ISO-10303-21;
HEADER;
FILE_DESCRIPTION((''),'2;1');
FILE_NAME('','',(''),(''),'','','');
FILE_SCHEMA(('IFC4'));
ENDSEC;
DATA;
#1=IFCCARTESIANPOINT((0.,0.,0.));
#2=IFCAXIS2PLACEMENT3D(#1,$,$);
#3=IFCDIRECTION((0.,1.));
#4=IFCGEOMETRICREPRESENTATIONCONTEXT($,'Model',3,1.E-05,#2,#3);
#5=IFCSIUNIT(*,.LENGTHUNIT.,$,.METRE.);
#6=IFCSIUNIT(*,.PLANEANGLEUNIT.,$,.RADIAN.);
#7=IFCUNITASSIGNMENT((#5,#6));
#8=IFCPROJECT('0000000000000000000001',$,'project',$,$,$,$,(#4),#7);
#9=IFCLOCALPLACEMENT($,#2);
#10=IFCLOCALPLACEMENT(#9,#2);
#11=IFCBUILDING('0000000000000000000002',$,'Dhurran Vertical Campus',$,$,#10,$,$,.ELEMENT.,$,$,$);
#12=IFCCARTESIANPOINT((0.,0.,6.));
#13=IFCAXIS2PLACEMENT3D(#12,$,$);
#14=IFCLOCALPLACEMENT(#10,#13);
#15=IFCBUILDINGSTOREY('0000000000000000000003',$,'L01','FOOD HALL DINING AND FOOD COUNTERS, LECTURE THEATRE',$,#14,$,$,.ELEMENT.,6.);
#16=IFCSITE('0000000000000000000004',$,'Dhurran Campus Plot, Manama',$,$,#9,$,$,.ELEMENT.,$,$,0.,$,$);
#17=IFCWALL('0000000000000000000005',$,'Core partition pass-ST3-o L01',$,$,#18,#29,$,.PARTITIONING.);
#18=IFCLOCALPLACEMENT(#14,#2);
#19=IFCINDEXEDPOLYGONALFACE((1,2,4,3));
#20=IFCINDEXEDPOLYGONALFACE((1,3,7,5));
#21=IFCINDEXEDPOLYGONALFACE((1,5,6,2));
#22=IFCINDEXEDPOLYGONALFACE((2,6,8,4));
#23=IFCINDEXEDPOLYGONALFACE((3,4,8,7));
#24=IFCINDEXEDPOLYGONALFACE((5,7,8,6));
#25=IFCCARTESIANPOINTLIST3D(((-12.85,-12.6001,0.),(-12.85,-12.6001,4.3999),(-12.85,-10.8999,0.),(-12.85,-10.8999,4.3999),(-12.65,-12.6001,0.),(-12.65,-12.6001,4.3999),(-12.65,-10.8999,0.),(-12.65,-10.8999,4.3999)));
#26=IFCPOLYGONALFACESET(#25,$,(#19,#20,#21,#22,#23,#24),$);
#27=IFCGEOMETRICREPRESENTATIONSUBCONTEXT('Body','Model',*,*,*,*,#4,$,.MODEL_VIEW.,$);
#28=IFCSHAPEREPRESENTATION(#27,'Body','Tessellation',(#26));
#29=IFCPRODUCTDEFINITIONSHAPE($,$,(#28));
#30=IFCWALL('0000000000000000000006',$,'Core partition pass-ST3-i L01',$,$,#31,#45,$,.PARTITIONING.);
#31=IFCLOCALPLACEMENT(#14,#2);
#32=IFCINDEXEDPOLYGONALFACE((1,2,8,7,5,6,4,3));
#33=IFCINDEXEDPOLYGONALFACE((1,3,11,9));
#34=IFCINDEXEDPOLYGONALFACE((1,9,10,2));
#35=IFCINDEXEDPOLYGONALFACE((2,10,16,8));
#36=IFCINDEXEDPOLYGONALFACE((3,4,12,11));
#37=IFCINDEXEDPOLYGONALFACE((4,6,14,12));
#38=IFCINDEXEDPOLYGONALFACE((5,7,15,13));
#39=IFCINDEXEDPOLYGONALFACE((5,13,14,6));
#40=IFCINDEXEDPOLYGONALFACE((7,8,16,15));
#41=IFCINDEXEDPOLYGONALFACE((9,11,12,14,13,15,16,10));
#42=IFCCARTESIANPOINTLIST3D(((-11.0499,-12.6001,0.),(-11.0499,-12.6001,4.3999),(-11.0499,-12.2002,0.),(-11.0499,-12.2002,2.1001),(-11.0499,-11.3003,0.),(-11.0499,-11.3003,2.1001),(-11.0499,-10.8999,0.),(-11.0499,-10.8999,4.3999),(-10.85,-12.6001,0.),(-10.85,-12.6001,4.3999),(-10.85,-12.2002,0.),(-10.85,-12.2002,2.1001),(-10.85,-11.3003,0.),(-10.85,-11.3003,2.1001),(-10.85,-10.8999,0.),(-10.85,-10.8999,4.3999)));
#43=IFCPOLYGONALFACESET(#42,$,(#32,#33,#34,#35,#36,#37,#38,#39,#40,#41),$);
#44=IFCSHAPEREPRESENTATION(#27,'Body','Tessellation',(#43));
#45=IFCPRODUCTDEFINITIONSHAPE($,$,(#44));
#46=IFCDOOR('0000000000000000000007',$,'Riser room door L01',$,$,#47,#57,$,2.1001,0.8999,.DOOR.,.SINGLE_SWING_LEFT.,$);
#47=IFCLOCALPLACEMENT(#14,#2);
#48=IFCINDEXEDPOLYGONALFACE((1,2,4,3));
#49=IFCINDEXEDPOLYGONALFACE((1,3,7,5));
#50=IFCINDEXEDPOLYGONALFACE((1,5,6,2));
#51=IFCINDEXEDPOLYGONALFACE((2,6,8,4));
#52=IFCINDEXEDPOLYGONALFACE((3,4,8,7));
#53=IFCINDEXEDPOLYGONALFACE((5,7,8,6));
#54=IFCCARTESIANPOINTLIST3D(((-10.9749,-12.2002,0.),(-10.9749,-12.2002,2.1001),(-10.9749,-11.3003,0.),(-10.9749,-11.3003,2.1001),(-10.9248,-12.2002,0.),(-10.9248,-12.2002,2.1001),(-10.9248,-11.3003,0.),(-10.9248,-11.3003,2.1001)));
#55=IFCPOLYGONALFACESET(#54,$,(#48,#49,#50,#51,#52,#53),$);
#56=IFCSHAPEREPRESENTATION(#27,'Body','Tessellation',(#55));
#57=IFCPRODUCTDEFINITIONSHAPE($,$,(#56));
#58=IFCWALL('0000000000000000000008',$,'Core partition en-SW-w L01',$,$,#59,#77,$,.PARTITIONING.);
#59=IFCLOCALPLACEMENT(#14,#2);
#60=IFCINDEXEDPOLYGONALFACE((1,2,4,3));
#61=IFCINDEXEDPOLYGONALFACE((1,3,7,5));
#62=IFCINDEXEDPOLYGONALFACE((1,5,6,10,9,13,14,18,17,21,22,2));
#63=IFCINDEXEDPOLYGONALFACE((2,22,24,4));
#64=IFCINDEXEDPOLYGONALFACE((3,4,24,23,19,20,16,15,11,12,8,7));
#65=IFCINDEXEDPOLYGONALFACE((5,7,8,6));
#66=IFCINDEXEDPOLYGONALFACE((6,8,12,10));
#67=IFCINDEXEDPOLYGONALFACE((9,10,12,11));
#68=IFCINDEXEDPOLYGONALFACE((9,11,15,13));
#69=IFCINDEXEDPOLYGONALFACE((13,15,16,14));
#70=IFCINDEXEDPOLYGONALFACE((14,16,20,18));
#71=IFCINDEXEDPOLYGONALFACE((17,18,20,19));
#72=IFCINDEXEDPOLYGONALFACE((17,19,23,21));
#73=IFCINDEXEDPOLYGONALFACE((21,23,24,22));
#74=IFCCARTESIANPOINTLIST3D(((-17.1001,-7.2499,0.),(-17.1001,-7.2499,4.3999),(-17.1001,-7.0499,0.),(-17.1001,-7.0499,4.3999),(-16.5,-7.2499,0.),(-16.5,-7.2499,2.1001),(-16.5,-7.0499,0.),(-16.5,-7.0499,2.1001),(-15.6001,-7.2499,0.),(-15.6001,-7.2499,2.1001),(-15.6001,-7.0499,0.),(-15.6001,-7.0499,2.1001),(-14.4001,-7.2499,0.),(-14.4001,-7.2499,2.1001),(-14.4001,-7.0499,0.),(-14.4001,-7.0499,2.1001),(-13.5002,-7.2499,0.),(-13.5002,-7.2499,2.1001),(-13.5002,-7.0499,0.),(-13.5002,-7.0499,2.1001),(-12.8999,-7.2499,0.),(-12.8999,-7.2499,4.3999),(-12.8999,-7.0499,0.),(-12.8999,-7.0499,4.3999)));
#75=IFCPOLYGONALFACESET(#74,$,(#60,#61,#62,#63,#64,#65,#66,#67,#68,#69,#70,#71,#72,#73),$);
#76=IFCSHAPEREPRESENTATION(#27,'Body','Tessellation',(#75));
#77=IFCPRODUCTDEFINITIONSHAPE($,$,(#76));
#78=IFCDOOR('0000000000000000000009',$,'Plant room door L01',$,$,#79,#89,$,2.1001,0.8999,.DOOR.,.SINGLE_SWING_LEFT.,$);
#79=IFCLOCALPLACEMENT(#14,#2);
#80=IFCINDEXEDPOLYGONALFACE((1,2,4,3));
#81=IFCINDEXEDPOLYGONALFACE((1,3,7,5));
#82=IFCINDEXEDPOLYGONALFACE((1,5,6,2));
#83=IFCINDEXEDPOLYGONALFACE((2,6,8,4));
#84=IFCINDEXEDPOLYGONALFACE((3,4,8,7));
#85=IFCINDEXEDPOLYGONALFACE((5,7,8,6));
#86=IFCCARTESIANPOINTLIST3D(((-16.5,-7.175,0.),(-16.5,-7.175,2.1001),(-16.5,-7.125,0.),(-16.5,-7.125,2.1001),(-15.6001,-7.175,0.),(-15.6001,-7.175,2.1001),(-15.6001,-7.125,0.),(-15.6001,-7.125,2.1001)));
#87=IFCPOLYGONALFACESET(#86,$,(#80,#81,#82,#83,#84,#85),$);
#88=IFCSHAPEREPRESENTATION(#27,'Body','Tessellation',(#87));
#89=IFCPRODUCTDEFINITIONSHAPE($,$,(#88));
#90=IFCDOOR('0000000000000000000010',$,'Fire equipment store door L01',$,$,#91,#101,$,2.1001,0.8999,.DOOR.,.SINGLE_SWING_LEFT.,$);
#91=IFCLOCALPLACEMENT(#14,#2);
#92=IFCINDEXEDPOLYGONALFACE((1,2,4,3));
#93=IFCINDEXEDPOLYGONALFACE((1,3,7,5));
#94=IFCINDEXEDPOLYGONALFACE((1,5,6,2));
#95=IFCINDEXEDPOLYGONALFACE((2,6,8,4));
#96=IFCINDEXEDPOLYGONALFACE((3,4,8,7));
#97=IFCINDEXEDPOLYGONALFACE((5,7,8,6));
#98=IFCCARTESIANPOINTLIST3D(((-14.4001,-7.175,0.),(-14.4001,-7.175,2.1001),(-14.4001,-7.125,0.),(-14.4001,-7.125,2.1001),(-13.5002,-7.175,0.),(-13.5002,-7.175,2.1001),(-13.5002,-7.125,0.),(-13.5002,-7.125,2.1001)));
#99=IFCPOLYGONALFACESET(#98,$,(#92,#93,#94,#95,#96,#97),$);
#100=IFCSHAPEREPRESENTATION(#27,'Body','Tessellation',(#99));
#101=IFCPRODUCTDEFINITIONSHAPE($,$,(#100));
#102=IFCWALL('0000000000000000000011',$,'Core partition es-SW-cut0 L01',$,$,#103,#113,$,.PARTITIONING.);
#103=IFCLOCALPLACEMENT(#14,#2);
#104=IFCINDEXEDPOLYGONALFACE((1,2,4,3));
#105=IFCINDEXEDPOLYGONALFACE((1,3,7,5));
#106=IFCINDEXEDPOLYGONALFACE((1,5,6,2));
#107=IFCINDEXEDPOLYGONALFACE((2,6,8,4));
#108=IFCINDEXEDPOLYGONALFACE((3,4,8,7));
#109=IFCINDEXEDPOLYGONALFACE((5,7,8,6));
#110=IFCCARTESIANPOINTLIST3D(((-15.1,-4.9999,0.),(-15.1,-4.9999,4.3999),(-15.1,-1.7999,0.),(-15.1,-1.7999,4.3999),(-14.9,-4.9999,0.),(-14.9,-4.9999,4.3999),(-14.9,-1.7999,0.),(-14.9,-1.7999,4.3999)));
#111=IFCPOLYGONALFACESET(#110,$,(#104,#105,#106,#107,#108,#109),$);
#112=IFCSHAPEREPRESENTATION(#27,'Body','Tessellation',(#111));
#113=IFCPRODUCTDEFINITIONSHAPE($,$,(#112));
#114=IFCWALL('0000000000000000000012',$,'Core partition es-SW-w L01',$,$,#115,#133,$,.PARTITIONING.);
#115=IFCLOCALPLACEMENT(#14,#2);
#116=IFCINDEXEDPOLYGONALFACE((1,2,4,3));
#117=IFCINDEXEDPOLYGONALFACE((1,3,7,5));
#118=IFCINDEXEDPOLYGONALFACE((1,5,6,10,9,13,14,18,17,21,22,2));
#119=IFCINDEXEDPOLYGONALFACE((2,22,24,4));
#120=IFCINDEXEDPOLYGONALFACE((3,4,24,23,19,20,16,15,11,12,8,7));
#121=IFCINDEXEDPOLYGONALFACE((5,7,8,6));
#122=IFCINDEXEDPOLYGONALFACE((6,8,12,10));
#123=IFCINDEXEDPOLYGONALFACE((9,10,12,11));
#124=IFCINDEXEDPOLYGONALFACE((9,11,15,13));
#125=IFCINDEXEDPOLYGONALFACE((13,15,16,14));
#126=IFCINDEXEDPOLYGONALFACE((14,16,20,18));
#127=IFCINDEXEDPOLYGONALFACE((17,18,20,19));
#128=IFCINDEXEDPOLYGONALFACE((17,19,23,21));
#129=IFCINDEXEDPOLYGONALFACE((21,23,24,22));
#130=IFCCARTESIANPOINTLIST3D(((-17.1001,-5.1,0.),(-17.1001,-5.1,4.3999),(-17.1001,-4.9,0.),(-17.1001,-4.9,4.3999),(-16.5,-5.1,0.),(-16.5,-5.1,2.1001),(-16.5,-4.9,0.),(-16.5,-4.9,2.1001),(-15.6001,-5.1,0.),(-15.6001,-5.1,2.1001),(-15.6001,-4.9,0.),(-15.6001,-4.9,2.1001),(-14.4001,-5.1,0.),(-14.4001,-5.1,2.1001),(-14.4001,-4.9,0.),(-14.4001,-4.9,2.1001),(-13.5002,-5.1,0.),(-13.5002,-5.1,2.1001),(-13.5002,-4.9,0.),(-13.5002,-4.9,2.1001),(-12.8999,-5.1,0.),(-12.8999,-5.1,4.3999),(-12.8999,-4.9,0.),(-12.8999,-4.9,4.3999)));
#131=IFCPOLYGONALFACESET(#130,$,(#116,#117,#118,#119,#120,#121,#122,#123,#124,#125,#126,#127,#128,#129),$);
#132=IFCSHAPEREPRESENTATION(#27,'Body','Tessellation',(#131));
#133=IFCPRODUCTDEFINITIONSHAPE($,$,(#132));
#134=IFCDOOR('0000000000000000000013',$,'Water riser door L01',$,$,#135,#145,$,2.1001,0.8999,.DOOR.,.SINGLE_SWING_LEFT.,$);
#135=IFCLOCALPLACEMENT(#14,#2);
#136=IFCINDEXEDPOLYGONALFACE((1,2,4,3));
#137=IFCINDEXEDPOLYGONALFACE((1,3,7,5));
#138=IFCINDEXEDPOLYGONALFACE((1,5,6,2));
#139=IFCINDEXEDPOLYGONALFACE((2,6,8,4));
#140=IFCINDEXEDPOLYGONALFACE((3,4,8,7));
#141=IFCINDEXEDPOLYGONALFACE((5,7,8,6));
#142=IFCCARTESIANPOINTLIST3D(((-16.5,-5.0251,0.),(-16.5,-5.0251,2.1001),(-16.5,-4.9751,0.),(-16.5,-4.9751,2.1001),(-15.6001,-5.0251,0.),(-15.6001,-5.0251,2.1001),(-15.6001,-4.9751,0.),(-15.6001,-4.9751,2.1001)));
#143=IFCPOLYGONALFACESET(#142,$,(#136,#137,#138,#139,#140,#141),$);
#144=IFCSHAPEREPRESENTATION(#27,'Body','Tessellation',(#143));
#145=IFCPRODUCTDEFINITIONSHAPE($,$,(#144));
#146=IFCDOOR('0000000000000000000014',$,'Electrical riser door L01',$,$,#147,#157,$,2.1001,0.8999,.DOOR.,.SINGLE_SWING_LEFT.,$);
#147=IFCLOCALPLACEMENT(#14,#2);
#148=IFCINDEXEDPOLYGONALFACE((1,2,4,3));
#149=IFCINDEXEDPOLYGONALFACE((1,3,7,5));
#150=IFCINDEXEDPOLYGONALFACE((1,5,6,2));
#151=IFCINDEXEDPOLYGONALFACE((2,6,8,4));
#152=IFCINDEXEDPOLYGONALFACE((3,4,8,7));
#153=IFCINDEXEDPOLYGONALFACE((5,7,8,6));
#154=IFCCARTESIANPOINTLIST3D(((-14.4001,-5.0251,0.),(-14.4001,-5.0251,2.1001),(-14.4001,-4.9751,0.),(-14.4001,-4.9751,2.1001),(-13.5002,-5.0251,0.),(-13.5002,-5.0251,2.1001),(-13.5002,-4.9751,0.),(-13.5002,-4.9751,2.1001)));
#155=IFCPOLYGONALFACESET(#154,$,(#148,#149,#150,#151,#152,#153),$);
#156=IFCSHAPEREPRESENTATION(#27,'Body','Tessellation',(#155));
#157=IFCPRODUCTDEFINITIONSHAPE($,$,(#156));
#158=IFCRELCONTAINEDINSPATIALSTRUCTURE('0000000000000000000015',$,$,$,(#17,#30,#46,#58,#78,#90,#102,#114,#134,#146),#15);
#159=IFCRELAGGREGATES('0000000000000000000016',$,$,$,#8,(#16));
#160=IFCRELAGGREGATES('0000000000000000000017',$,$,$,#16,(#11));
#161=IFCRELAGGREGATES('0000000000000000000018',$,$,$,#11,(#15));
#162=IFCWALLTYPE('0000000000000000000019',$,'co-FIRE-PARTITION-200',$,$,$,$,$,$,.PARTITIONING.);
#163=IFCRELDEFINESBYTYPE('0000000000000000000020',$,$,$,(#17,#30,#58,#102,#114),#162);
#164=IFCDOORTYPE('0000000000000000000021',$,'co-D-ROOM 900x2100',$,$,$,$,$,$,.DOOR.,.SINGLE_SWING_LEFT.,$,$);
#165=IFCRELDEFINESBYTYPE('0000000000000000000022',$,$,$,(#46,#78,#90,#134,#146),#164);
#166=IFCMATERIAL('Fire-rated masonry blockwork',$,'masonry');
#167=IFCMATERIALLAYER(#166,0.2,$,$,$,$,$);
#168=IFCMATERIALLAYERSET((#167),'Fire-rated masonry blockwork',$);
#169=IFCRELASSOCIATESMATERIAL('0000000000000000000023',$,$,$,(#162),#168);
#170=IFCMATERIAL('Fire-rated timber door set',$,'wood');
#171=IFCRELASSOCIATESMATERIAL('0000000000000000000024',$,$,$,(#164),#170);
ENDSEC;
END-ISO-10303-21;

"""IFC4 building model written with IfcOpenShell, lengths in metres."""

from ifc_helpers import new_model, si_unit, direction, frame, frame_2d, origin, place, context, subcontext, project, spatial, rectangle, extrude, material, layer, layer_set, type_object, element, fill, save


model = new_model("IFC4")

# Units and contexts
model_context = context("Model", 3, precision=1e-05, world=origin(), true_north=direction((0.0, 1.0)))
body_context = subcontext(model_context, "Body", "Model", "MODEL_VIEW")
ifc_project = project(units=[si_unit("LENGTHUNIT", "METRE"), si_unit("PLANEANGLEUNIT", "RADIAN")], contexts=[model_context])

# Site, building, storey
site_placement = place(None, origin())
site = spatial("IfcSite", under=ifc_project, at=site_placement, Name="Dhurran Campus Plot, Manama", CompositionType="ELEMENT", RefElevation=0.0)
building_placement = place(site_placement, origin())
building = spatial("IfcBuilding", under=site, at=building_placement, Name="Dhurran Vertical Campus", CompositionType="ELEMENT")
storey_placement = place(building_placement, frame((0.0, 0.0, 6.0)))
storey = spatial("IfcBuildingStorey", under=building, at=storey_placement, Name="L01", Description="FOOD HALL DINING AND FOOD COUNTERS, LECTURE THEATRE", CompositionType="ELEMENT", Elevation=6.0)

# Wall
ifc_material_1 = material(Name="Fire-rated masonry blockwork", Category="masonry")
ifc_layer_1 = layer(ifc_material_1, 0.2)
ifc_layer_set_1 = layer_set([ifc_layer_1], Name="Fire-rated masonry blockwork")
wall_type_1 = type_object("IfcWallType", Name="co-FIRE-PARTITION-200", PredefinedType="PARTITIONING", material=ifc_layer_set_1)
wall_1_placement = place(storey_placement, frame((-12.75, -12.6001, 0.0), z_axis=(0.0, 0.0, 1.0), x_axis=(0.0, 1.0, 0.0)))
element("IfcWall", 1, at=wall_1_placement, inside=storey, type_object=wall_type_1, Name="Core partition pass-ST3-o L01", PredefinedType="PARTITIONING", context=body_context, shape_type="SweptSolid", body=[
    extrude(rectangle(XDim=1.7002, YDim=0.2, at=frame_2d((0.8501, 0.0))), origin(), (0.0, 0.0, 1.0), 4.3999),
])

# Wall, opening, door
wall_2_placement = place(storey_placement, frame((-10.95, -12.6001, 0.0), z_axis=(0.0, 0.0, 1.0), x_axis=(0.0, 1.0, 0.0)))
wall_2 = element("IfcWall", 2, at=wall_2_placement, inside=storey, type_object=wall_type_1, Name="Core partition pass-ST3-i L01", PredefinedType="PARTITIONING", context=body_context, shape_type="SweptSolid", body=[
    extrude(rectangle(XDim=1.7002, YDim=0.2, at=frame_2d((0.8501, 0.0))), origin(), (0.0, 0.0, 1.0), 4.3999),
])
opening_1_placement = place(wall_2_placement, frame((0.3999, 0.0, 0.0)))
opening_1 = element("IfcOpeningElement", 3, at=opening_1_placement, cuts=wall_2, PredefinedType="OPENING", context=body_context, shape_type="SweptSolid", body=[
    extrude(rectangle(XDim=0.8999, YDim=2.1001, at=frame_2d((0.45, 1.05))), frame((0.0, 0.1099, 0.0), z_axis=(0.0, -1.0, 0.0), x_axis=(1.0, 0.0, 0.0)), (0.0, 0.0, 1.0), 0.22),
])
ifc_material_2 = material(Name="Fire-rated timber door set", Category="wood")
door_type_1 = type_object("IfcDoorType", Name="co-D-ROOM 900x2100", OperationType="SINGLE_SWING_LEFT", PredefinedType="DOOR", material=ifc_material_2)
door_1_placement = place(opening_1_placement, origin())
door_1 = element("IfcDoor", 4, at=door_1_placement, inside=storey, type_object=door_type_1, Name="Riser room door L01", OperationType="SINGLE_SWING_LEFT", OverallHeight=2.1001, OverallWidth=0.8999, PredefinedType="DOOR", context=body_context, shape_type="SweptSolid", body=[
    extrude(rectangle(XDim=0.8999, YDim=2.1001, at=frame_2d((0.45, 1.05))), frame((0.0, 0.0249, 0.0), z_axis=(0.0, -1.0, 0.0), x_axis=(1.0, 0.0, 0.0)), (0.0, 0.0, 1.0), 0.05),
])
fill(opening_1, door_1)

# Wall, openings, doors
wall_3_placement = place(storey_placement, frame((-17.1001, -7.1499, 0.0), z_axis=(0.0, 0.0, 1.0), x_axis=(1.0, 0.0, 0.0)))
wall_3 = element("IfcWall", 5, at=wall_3_placement, inside=storey, type_object=wall_type_1, Name="Core partition en-SW-w L01", PredefinedType="PARTITIONING", context=body_context, shape_type="SweptSolid", body=[
    extrude(rectangle(XDim=4.2002, YDim=0.2, at=frame_2d((2.1001, 0.0))), origin(), (0.0, 0.0, 1.0), 4.3999),
])
opening_2_placement = place(wall_3_placement, frame((0.6001, 0.0, 0.0)))
opening_2 = element("IfcOpeningElement", 6, at=opening_2_placement, cuts=wall_3, PredefinedType="OPENING", context=body_context, shape_type="SweptSolid", body=[
    extrude(rectangle(XDim=0.8999, YDim=2.1001, at=frame_2d((0.45, 1.05))), frame((0.0, 0.1099, 0.0), z_axis=(0.0, -1.0, 0.0), x_axis=(1.0, 0.0, 0.0)), (0.0, 0.0, 1.0), 0.22),
])
opening_3_placement = place(wall_3_placement, frame((2.7, 0.0, 0.0)))
opening_3 = element("IfcOpeningElement", 7, at=opening_3_placement, cuts=wall_3, PredefinedType="OPENING", context=body_context, shape_type="SweptSolid", body=[
    extrude(rectangle(XDim=0.8999, YDim=2.1001, at=frame_2d((0.45, 1.05))), frame((0.0, 0.1099, 0.0), z_axis=(0.0, -1.0, 0.0), x_axis=(1.0, 0.0, 0.0)), (0.0, 0.0, 1.0), 0.22),
])
door_2_placement = place(opening_2_placement, origin())
door_2 = element("IfcDoor", 8, at=door_2_placement, inside=storey, type_object=door_type_1, Name="Plant room door L01", OperationType="SINGLE_SWING_LEFT", OverallHeight=2.1001, OverallWidth=0.8999, PredefinedType="DOOR", context=body_context, shape_type="SweptSolid", body=[
    extrude(rectangle(XDim=0.8999, YDim=2.1001, at=frame_2d((0.45, 1.05))), frame((0.0, 0.0249, 0.0), z_axis=(0.0, -1.0, 0.0), x_axis=(1.0, 0.0, 0.0)), (0.0, 0.0, 1.0), 0.05),
])
fill(opening_2, door_2)
door_3_placement = place(opening_3_placement, origin())
door_3 = element("IfcDoor", 9, at=door_3_placement, inside=storey, type_object=door_type_1, Name="Fire equipment store door L01", OperationType="SINGLE_SWING_LEFT", OverallHeight=2.1001, OverallWidth=0.8999, PredefinedType="DOOR", context=body_context, shape_type="SweptSolid", body=[
    extrude(rectangle(XDim=0.8999, YDim=2.1001, at=frame_2d((0.45, 1.05))), frame((0.0, 0.0249, 0.0), z_axis=(0.0, -1.0, 0.0), x_axis=(1.0, 0.0, 0.0)), (0.0, 0.0, 1.0), 0.05),
])
fill(opening_3, door_3)

# Wall
wall_4_placement = place(storey_placement, frame((-15.0, -5.0, 0.0), z_axis=(0.0, 0.0, 1.0), x_axis=(0.0, 1.0, 0.0)))
element("IfcWall", 10, at=wall_4_placement, inside=storey, type_object=wall_type_1, Name="Core partition es-SW-cut0 L01", PredefinedType="PARTITIONING", context=body_context, shape_type="SweptSolid", body=[
    extrude(rectangle(XDim=3.2, YDim=0.2, at=frame_2d((1.6001, 0.0))), origin(), (0.0, 0.0, 1.0), 4.3999),
])

# Wall, openings, doors
wall_5_placement = place(storey_placement, frame((-17.1001, -5.0, 0.0), z_axis=(0.0, 0.0, 1.0), x_axis=(1.0, 0.0, 0.0)))
wall_5 = element("IfcWall", 11, at=wall_5_placement, inside=storey, type_object=wall_type_1, Name="Core partition es-SW-w L01", PredefinedType="PARTITIONING", context=body_context, shape_type="SweptSolid", body=[
    extrude(rectangle(XDim=4.2002, YDim=0.2, at=frame_2d((2.1001, 0.0))), origin(), (0.0, 0.0, 1.0), 4.3999),
])
opening_4_placement = place(wall_5_placement, frame((0.6001, 0.0, 0.0)))
opening_4 = element("IfcOpeningElement", 12, at=opening_4_placement, cuts=wall_5, PredefinedType="OPENING", context=body_context, shape_type="SweptSolid", body=[
    extrude(rectangle(XDim=0.8999, YDim=2.1001, at=frame_2d((0.45, 1.05))), frame((0.0, 0.1099, 0.0), z_axis=(0.0, -1.0, 0.0), x_axis=(1.0, 0.0, 0.0)), (0.0, 0.0, 1.0), 0.22),
])
opening_5_placement = place(wall_5_placement, frame((2.7, 0.0, 0.0)))
opening_5 = element("IfcOpeningElement", 13, at=opening_5_placement, cuts=wall_5, PredefinedType="OPENING", context=body_context, shape_type="SweptSolid", body=[
    extrude(rectangle(XDim=0.8999, YDim=2.1001, at=frame_2d((0.45, 1.05))), frame((0.0, 0.1099, 0.0), z_axis=(0.0, -1.0, 0.0), x_axis=(1.0, 0.0, 0.0)), (0.0, 0.0, 1.0), 0.22),
])
door_4_placement = place(opening_4_placement, origin())
door_4 = element("IfcDoor", 14, at=door_4_placement, inside=storey, type_object=door_type_1, Name="Water riser door L01", OperationType="SINGLE_SWING_LEFT", OverallHeight=2.1001, OverallWidth=0.8999, PredefinedType="DOOR", context=body_context, shape_type="SweptSolid", body=[
    extrude(rectangle(XDim=0.8999, YDim=2.1001, at=frame_2d((0.45, 1.05))), frame((0.0, 0.0249, 0.0), z_axis=(0.0, -1.0, 0.0), x_axis=(1.0, 0.0, 0.0)), (0.0, 0.0, 1.0), 0.05),
])
fill(opening_4, door_4)
door_5_placement = place(opening_5_placement, origin())
door_5 = element("IfcDoor", 15, at=door_5_placement, inside=storey, type_object=door_type_1, Name="Electrical riser door L01", OperationType="SINGLE_SWING_LEFT", OverallHeight=2.1001, OverallWidth=0.8999, PredefinedType="DOOR", context=body_context, shape_type="SweptSolid", body=[
    extrude(rectangle(XDim=0.8999, YDim=2.1001, at=frame_2d((0.45, 1.05))), frame((0.0, 0.0249, 0.0), z_axis=(0.0, -1.0, 0.0), x_axis=(1.0, 0.0, 0.0)), (0.0, 0.0, 1.0), 0.05),
])
fill(opening_5, door_5)

save(model, "model.ifc")
